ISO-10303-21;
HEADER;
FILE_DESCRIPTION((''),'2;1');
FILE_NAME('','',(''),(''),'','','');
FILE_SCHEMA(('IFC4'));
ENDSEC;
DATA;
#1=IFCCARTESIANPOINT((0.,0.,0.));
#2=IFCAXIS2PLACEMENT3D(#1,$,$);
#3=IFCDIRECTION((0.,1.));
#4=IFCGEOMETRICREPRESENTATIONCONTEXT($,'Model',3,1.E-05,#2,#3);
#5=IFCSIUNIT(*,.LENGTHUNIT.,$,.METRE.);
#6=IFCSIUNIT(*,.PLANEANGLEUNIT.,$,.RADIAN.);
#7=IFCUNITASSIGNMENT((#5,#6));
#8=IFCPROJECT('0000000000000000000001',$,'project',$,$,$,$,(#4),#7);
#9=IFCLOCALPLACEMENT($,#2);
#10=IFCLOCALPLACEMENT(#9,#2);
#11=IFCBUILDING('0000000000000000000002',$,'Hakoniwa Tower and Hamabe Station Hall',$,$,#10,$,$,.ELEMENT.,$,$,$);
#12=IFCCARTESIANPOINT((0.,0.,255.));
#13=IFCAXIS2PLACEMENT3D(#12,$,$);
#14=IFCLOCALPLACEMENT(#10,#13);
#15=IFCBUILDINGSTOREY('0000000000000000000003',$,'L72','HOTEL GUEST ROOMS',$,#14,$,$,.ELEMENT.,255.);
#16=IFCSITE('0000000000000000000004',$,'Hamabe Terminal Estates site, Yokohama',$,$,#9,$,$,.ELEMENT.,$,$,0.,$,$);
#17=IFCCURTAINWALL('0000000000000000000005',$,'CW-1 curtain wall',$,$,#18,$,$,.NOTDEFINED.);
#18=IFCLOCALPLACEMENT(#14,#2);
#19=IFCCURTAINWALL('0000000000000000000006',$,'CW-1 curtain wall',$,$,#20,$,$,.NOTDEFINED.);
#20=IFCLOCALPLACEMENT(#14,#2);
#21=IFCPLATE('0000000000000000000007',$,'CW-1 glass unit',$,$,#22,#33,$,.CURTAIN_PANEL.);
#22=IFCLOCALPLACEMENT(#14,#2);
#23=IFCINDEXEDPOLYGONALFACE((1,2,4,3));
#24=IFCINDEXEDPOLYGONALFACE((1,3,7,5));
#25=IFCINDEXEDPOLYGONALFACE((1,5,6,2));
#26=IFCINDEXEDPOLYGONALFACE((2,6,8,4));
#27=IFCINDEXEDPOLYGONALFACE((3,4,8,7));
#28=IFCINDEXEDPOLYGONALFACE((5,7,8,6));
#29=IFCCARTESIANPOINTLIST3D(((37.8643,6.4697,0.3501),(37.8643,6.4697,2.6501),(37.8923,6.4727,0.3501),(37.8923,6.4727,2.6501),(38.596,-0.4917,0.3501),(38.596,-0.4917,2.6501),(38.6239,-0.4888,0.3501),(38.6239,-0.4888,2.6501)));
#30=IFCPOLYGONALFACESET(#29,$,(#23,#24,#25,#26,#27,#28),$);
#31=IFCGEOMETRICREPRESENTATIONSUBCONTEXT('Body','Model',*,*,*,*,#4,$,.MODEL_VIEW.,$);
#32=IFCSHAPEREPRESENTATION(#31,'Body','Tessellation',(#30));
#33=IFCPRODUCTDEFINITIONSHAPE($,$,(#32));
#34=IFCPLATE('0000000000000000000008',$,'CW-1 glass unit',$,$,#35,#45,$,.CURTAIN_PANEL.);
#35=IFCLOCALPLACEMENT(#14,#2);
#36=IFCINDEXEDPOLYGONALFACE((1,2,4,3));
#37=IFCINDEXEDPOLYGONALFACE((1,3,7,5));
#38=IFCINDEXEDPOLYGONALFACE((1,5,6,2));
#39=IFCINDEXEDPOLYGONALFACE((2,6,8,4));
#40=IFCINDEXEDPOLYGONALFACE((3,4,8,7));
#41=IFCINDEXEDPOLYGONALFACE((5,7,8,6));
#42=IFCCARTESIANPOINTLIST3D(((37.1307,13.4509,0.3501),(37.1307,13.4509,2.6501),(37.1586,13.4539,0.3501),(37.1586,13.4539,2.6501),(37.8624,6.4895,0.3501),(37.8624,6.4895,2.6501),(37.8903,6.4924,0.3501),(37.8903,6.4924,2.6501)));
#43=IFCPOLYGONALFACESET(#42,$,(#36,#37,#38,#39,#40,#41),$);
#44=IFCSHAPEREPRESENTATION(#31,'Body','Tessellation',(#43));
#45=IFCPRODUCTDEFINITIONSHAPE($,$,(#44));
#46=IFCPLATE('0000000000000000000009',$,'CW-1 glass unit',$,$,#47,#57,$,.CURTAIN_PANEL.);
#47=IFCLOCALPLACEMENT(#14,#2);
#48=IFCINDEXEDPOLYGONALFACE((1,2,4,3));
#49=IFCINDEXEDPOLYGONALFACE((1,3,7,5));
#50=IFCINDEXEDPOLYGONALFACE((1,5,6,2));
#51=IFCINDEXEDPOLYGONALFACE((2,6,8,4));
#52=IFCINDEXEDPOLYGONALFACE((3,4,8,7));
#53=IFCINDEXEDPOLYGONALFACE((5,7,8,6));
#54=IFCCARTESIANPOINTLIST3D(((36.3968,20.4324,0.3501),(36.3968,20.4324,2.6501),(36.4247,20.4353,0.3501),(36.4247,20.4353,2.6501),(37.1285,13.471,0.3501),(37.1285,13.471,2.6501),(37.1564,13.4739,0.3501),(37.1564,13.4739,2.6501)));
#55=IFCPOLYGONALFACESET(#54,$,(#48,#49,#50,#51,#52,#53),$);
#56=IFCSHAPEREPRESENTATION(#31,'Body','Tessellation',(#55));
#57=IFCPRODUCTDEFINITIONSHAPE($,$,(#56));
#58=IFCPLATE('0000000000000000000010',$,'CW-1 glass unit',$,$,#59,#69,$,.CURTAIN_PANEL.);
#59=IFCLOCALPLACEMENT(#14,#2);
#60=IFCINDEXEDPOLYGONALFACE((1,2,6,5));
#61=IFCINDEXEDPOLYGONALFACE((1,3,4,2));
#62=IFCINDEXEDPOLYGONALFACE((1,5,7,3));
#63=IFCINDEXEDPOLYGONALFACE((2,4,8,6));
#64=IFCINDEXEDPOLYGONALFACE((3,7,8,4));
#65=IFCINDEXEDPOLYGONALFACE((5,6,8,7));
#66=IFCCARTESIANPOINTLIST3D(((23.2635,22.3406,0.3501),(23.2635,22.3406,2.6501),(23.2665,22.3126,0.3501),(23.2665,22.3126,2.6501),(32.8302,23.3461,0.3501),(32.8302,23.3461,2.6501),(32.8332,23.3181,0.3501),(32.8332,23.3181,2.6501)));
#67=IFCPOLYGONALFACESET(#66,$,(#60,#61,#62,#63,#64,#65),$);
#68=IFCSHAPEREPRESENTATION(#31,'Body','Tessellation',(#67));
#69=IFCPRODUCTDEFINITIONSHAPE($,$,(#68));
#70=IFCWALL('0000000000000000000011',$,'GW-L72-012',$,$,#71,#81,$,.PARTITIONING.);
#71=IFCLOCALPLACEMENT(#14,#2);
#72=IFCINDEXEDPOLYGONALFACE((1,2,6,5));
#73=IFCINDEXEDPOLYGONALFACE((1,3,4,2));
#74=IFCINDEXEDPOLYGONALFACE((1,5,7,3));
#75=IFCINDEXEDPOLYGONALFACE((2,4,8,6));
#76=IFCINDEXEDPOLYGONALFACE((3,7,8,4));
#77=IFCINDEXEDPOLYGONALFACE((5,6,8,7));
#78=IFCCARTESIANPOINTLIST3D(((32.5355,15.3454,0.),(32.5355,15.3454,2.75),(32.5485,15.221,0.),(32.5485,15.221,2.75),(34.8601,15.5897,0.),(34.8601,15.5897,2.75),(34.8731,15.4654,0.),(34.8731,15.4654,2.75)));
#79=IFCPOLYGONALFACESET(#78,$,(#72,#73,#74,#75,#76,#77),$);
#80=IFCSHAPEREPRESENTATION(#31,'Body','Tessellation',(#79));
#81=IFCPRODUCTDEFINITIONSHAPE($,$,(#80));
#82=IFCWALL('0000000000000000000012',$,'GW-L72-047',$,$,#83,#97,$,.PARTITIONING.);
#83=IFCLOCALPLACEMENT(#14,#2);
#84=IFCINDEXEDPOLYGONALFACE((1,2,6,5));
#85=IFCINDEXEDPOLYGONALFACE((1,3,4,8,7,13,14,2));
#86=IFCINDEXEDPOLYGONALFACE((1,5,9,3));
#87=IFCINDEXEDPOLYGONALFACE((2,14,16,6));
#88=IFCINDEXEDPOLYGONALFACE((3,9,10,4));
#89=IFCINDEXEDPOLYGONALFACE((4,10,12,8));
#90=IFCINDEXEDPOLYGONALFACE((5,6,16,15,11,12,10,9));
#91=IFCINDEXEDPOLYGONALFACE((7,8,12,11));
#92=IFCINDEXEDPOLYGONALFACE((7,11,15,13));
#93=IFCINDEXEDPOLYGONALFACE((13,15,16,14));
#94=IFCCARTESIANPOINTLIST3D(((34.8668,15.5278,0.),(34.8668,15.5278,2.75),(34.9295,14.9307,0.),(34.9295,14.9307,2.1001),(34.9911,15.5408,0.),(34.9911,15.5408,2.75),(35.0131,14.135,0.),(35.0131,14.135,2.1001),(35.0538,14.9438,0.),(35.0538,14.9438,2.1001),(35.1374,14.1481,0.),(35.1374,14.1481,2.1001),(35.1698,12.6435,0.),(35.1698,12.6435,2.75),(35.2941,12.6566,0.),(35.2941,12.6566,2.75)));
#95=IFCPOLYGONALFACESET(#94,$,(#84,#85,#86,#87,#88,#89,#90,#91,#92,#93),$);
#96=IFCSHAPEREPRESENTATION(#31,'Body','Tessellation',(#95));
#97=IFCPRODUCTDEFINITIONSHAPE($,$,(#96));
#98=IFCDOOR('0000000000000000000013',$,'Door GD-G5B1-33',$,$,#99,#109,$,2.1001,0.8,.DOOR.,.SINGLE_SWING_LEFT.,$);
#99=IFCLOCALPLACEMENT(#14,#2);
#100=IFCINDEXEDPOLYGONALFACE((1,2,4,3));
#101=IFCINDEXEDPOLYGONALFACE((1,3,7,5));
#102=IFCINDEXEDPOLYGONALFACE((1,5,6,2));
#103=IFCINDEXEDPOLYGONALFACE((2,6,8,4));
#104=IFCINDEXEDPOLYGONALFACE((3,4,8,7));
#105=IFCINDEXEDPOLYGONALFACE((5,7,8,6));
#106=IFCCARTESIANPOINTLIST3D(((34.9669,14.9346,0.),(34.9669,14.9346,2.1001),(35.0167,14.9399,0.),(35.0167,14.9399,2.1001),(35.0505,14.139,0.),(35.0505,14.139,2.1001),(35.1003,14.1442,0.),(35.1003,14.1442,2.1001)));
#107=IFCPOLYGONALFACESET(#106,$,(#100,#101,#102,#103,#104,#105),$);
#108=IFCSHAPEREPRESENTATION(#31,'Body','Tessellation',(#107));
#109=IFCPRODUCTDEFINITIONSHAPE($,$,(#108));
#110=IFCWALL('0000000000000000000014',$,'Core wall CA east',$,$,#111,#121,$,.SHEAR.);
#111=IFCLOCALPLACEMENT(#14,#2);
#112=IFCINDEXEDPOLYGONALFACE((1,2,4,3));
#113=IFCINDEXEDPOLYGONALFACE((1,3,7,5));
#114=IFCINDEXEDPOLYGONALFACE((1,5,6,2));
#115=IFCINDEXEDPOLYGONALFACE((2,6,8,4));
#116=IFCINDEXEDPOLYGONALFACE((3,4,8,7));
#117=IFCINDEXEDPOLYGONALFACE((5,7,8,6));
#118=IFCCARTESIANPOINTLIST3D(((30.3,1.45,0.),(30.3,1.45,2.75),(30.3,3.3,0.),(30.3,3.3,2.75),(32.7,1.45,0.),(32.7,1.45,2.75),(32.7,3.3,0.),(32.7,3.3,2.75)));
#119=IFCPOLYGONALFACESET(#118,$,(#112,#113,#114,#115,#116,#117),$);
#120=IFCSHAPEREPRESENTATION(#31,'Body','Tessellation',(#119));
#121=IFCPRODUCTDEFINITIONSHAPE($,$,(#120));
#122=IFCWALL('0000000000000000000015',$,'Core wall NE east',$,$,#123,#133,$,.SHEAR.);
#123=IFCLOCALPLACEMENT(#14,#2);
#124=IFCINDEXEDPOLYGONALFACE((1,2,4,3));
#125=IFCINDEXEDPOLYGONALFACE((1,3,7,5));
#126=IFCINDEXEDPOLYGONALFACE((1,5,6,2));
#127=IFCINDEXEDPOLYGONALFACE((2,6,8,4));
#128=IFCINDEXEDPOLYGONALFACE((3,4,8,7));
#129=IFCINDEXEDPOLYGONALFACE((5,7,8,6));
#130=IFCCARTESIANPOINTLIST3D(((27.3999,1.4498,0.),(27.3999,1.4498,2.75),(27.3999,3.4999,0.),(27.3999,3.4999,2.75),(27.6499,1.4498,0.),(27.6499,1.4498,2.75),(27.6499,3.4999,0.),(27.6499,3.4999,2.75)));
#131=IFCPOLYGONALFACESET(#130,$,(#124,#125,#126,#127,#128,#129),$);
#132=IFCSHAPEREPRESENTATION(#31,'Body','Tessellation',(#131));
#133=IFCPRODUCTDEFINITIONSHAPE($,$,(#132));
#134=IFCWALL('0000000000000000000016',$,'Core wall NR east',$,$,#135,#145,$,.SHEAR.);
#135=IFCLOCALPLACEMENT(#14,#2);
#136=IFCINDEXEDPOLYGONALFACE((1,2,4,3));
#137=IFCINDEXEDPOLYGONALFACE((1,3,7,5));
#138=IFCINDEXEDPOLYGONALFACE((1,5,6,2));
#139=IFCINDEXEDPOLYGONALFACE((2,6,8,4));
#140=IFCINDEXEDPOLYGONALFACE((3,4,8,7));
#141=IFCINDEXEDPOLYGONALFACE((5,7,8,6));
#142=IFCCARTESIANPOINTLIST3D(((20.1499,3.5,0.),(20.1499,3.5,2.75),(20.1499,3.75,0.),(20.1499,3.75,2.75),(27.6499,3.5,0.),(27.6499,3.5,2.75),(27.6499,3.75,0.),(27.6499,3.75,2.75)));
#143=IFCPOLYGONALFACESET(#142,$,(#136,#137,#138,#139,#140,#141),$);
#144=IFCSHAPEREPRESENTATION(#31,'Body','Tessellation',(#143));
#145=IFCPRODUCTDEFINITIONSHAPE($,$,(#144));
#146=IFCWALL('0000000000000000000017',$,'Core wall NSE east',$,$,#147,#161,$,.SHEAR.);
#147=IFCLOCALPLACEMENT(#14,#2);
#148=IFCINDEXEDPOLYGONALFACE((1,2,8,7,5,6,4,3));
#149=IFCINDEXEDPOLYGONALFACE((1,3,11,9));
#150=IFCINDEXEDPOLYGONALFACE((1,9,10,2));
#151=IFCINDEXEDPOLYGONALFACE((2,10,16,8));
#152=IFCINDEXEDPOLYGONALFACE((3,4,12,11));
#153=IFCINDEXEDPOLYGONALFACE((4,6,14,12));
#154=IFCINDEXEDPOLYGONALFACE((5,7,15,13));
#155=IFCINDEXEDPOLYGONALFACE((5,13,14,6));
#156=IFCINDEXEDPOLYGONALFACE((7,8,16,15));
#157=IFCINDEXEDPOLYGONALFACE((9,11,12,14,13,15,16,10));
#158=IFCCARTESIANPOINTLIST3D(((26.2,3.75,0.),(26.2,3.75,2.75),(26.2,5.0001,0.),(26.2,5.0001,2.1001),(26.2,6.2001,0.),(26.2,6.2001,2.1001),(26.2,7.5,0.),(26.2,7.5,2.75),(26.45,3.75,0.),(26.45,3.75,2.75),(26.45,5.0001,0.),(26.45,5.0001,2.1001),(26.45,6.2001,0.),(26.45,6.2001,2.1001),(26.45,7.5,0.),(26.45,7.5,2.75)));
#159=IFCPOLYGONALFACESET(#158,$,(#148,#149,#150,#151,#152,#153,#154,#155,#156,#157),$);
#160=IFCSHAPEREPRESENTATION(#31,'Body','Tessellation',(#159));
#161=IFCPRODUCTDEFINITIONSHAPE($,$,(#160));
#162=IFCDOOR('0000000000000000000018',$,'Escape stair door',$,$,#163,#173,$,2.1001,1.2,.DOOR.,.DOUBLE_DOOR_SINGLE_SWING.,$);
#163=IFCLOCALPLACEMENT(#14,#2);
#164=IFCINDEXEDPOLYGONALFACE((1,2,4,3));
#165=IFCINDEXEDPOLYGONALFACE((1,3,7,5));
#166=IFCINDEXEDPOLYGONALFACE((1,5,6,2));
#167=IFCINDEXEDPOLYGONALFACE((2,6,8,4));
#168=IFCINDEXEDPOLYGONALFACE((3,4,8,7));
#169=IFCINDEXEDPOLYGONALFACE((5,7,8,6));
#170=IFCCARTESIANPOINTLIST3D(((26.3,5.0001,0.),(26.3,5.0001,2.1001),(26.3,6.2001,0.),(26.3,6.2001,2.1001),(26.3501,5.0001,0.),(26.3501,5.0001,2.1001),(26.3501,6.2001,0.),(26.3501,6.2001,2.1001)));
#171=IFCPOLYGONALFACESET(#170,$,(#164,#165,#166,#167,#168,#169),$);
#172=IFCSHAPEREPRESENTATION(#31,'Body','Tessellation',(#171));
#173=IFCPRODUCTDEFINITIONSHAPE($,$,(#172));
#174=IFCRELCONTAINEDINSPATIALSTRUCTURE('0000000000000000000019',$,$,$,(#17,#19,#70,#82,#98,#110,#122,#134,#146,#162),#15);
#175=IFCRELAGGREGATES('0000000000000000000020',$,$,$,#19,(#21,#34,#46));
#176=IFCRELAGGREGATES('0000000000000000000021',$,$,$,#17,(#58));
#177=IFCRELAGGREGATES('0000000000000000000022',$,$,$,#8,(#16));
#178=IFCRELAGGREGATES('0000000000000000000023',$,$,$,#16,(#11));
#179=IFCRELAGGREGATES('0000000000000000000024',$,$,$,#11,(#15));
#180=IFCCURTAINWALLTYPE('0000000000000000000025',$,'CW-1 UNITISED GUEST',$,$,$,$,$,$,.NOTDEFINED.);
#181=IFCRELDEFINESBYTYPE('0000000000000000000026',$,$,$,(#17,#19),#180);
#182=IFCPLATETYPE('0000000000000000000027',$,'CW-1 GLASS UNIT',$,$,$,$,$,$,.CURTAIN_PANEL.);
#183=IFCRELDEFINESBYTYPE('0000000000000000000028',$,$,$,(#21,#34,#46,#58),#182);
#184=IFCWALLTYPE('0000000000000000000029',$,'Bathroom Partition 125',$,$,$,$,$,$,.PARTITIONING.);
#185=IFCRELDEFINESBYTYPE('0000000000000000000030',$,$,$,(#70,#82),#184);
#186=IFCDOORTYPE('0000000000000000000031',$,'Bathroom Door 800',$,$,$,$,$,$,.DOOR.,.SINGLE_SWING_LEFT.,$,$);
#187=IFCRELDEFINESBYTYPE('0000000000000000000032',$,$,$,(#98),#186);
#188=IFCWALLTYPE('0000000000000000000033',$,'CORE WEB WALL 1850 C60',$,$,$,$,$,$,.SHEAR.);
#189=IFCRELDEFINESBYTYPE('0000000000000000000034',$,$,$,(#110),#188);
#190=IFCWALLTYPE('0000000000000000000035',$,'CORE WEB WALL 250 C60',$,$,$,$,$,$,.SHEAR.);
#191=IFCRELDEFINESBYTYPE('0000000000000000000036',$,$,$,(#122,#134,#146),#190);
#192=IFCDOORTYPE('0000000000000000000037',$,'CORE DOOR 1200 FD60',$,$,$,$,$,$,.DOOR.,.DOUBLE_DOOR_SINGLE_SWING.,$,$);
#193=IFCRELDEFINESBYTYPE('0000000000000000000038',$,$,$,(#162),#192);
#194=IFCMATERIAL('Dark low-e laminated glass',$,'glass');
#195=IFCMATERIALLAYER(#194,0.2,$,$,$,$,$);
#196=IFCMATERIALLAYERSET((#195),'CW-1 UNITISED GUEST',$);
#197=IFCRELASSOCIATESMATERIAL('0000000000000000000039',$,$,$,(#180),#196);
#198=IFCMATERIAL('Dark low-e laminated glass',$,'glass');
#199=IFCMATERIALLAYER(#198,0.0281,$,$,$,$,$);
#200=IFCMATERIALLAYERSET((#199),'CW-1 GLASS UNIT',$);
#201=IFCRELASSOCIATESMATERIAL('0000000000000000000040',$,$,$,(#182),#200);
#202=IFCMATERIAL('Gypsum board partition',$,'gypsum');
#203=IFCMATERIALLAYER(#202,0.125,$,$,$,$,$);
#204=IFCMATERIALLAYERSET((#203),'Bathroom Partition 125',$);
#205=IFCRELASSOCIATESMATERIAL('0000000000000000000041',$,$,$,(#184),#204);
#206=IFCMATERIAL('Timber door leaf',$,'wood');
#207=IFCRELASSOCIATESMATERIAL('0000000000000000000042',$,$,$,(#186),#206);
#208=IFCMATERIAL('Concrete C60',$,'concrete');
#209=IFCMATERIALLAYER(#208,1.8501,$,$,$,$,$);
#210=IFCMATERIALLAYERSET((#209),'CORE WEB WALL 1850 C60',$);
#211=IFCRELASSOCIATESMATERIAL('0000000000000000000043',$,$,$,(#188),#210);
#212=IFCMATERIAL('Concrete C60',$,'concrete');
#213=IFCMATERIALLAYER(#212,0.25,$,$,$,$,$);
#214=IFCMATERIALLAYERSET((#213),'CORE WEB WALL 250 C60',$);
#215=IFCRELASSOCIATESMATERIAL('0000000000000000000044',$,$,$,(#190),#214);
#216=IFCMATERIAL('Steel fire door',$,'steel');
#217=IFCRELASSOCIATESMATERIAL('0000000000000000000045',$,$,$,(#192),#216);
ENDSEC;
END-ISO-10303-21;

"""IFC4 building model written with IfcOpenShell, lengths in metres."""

from ifc_helpers import new_model, si_unit, direction, frame, frame_2d, origin, origin_2d, place, context, subcontext, project, spatial, rectangle, extrude, material, layer, layer_set, type_object, element, fill, aggregate, save


model = new_model("IFC4")

# Units and contexts
model_context = context("Model", 3, precision=1e-05, world=origin(), true_north=direction((0.0, 1.0)))
body_context = subcontext(model_context, "Body", "Model", "MODEL_VIEW")
ifc_project = project(units=[si_unit("LENGTHUNIT", "METRE"), si_unit("PLANEANGLEUNIT", "RADIAN")], contexts=[model_context])

# Site, building, storey
site_placement = place(None, origin())
site = spatial("IfcSite", under=ifc_project, at=site_placement, Name="Hamabe Terminal Estates site, Yokohama", CompositionType="ELEMENT", RefElevation=0.0)
building_placement = place(site_placement, origin())
building = spatial("IfcBuilding", under=site, at=building_placement, Name="Hakoniwa Tower and Hamabe Station Hall", CompositionType="ELEMENT")
storey_placement = place(building_placement, frame((0.0, 0.0, 255.0)))
storey = spatial("IfcBuildingStorey", under=building, at=storey_placement, Name="L72", Description="HOTEL GUEST ROOMS", CompositionType="ELEMENT", Elevation=255.0)

# Curtain wall
ifc_material_1 = material(Name="Dark low-e laminated glass", Category="glass")
ifc_layer_1 = layer(ifc_material_1, 0.2)
ifc_layer_set_1 = layer_set([ifc_layer_1], Name="CW-1 UNITISED GUEST")
curtain_wall_type = type_object("IfcCurtainWallType", Name="CW-1 UNITISED GUEST", PredefinedType="NOTDEFINED", material=ifc_layer_set_1)
curtain_wall_1_placement = place(storey_placement, origin())
curtain_wall_1 = element("IfcCurtainWall", 1, at=curtain_wall_1_placement, inside=storey, type_object=curtain_wall_type, Name="CW-1 curtain wall", PredefinedType="NOTDEFINED")

# Curtain wall
curtain_wall_2_placement = place(storey_placement, origin())
curtain_wall_2 = element("IfcCurtainWall", 2, at=curtain_wall_2_placement, inside=storey, type_object=curtain_wall_type, Name="CW-1 curtain wall", PredefinedType="NOTDEFINED")

# Plates
ifc_material_2 = material(Name="Dark low-e laminated glass", Category="glass")
ifc_layer_2 = layer(ifc_material_2, 0.0281)
ifc_layer_set_2 = layer_set([ifc_layer_2], Name="CW-1 GLASS UNIT")
plate_type = type_object("IfcPlateType", Name="CW-1 GLASS UNIT", PredefinedType="CURTAIN_PANEL", material=ifc_layer_set_2)
plate_1_placement = place(storey_placement, frame((38.2441, 2.9905, 0.3501), z_axis=(0.0, 0.0, 1.0), x_axis=(-0.104528, 0.994522, 0.0)))
plate_1 = element("IfcPlate", 3, at=plate_1_placement, type_object=plate_type, Name="CW-1 glass unit", PredefinedType="CURTAIN_PANEL", context=body_context, shape_type="SweptSolid", body=[
    extrude(rectangle(XDim=6.9998, YDim=0.0281, at=origin_2d()), origin(), (0.0, 0.0, 1.0), 2.3),
])
plate_2_placement = place(storey_placement, frame((37.5105, 9.9717, 0.3501), z_axis=(0.0, 0.0, 1.0), x_axis=(-0.104528, 0.994522, 0.0)))
plate_2 = element("IfcPlate", 4, at=plate_2_placement, type_object=plate_type, Name="CW-1 glass unit", PredefinedType="CURTAIN_PANEL", context=body_context, shape_type="SweptSolid", body=[
    extrude(rectangle(XDim=6.9998, YDim=0.0281, at=origin_2d()), origin(), (0.0, 0.0, 1.0), 2.3),
])
plate_3_placement = place(storey_placement, frame((36.7766, 16.9531, 0.3501), z_axis=(0.0, 0.0, 1.0), x_axis=(-0.104528, 0.994522, 0.0)))
plate_3 = element("IfcPlate", 5, at=plate_3_placement, type_object=plate_type, Name="CW-1 glass unit", PredefinedType="CURTAIN_PANEL", context=body_context, shape_type="SweptSolid", body=[
    extrude(rectangle(XDim=6.9998, YDim=0.0281, at=origin_2d()), origin(), (0.0, 0.0, 1.0), 2.3),
])
aggregate(curtain_wall_2, [plate_1, plate_2, plate_3])
plate_4_placement = place(storey_placement, frame((28.0483, 22.8293, 0.3501), z_axis=(0.0, 0.0, 1.0), x_axis=(-0.994522, -0.104528, 0.0)))
plate_4 = element("IfcPlate", 6, at=plate_4_placement, type_object=plate_type, Name="CW-1 glass unit", PredefinedType="CURTAIN_PANEL", context=body_context, shape_type="SweptSolid", body=[
    extrude(rectangle(XDim=9.6194, YDim=0.0281, at=origin_2d()), origin(), (0.0, 0.0, 1.0), 2.3),
])
aggregate(curtain_wall_1, [plate_4])

# Wall
ifc_material_3 = material(Name="Gypsum board partition", Category="gypsum")
ifc_layer_3 = layer(ifc_material_3, 0.125)
ifc_layer_set_3 = layer_set([ifc_layer_3], Name="Bathroom Partition 125")
wall_type_1 = type_object("IfcWallType", Name="Bathroom Partition 125", PredefinedType="PARTITIONING", material=ifc_layer_set_3)
wall_1_placement = place(storey_placement, frame((32.542, 15.2832, 0.0), z_axis=(0.0, 0.0, 1.0), x_axis=(0.99452, 0.104549, 0.0)))
element("IfcWall", 7, at=wall_1_placement, inside=storey, type_object=wall_type_1, Name="GW-L72-012", PredefinedType="PARTITIONING", context=body_context, shape_type="SweptSolid", body=[
    extrude(rectangle(XDim=2.3374, YDim=0.125, at=frame_2d((1.1687, 0.0))), origin(), (0.0, 0.0, 1.0), 2.75),
])

# Wall, opening, door
wall_2_placement = place(storey_placement, frame((35.2319, 12.6499, 0.0), z_axis=(0.0, 0.0, 1.0), x_axis=(-0.10447, 0.994528, 0.0)))
wall_2 = element("IfcWall", 8, at=wall_2_placement, inside=storey, type_object=wall_type_1, Name="GW-L72-047", PredefinedType="PARTITIONING", context=body_context, shape_type="SweptSolid", body=[
    extrude(rectangle(XDim=2.9001, YDim=0.125, at=frame_2d((1.4502, 0.0))), origin(), (0.0, 0.0, 1.0), 2.75),
])
opening_1_placement = place(wall_2_placement, frame((1.5, 0.0, 0.0)))
opening_1 = element("IfcOpeningElement", 9, at=opening_1_placement, cuts=wall_2, PredefinedType="OPENING", context=body_context, shape_type="SweptSolid", body=[
    extrude(rectangle(XDim=0.8, YDim=2.1001, at=frame_2d((0.3999, 1.05))), frame((0.0, 0.0725, 0.0), z_axis=(0.0, -1.0, 0.0), x_axis=(1.0, 0.0, 0.0)), (0.0, 0.0, 1.0), 0.145),
])
ifc_material_4 = material(Name="Timber door leaf", Category="wood")
door_type_1 = type_object("IfcDoorType", Name="Bathroom Door 800", OperationType="SINGLE_SWING_LEFT", PredefinedType="DOOR", material=ifc_material_4)
door_1_placement = place(opening_1_placement, origin())
door_1 = element("IfcDoor", 10, at=door_1_placement, inside=storey, type_object=door_type_1, Name="Door GD-G5B1-33", OperationType="SINGLE_SWING_LEFT", OverallHeight=2.1001, OverallWidth=0.8, PredefinedType="DOOR", context=body_context, shape_type="SweptSolid", body=[
    extrude(rectangle(XDim=0.8, YDim=2.1001, at=frame_2d((0.3999, 1.05))), frame((0.0, 0.0249, 0.0), z_axis=(0.0, -1.0, 0.0), x_axis=(1.0, 0.0, 0.0)), (0.0, 0.0, 1.0), 0.05),
])
fill(opening_1, door_1)

# Walls
ifc_material_5 = material(Name="Concrete C60", Category="concrete")
ifc_layer_4 = layer(ifc_material_5, 1.8501)
ifc_layer_set_4 = layer_set([ifc_layer_4], Name="CORE WEB WALL 1850 C60")
wall_type_2 = type_object("IfcWallType", Name="CORE WEB WALL 1850 C60", PredefinedType="SHEAR", material=ifc_layer_set_4)
wall_3_placement = place(storey_placement, frame((30.3, 2.375, 0.0), z_axis=(0.0, 0.0, 1.0), x_axis=(1.0, 0.0, 0.0)))
element("IfcWall", 11, at=wall_3_placement, inside=storey, type_object=wall_type_2, Name="Core wall CA east", PredefinedType="SHEAR", context=body_context, shape_type="SweptSolid", body=[
    extrude(rectangle(XDim=2.3999, YDim=1.8501, at=frame_2d((1.2, 0.0))), origin(), (0.0, 0.0, 1.0), 2.75),
])
ifc_material_6 = material(Name="Concrete C60", Category="concrete")
ifc_layer_5 = layer(ifc_material_6, 0.25)
ifc_layer_set_5 = layer_set([ifc_layer_5], Name="CORE WEB WALL 250 C60")
wall_type_3 = type_object("IfcWallType", Name="CORE WEB WALL 250 C60", PredefinedType="SHEAR", material=ifc_layer_set_5)
wall_4_placement = place(storey_placement, frame((27.5249, 1.45, 0.0), z_axis=(0.0, 0.0, 1.0), x_axis=(0.0, 1.0, 0.0)))
element("IfcWall", 12, at=wall_4_placement, inside=storey, type_object=wall_type_3, Name="Core wall NE east", PredefinedType="SHEAR", context=body_context, shape_type="SweptSolid", body=[
    extrude(rectangle(XDim=2.05, YDim=0.25, at=frame_2d((1.0249, 0.0))), origin(), (0.0, 0.0, 1.0), 2.75),
])
wall_5_placement = place(storey_placement, frame((20.1499, 3.625, 0.0), z_axis=(0.0, 0.0, 1.0), x_axis=(1.0, 0.0, 0.0)))
element("IfcWall", 13, at=wall_5_placement, inside=storey, type_object=wall_type_3, Name="Core wall NR east", PredefinedType="SHEAR", context=body_context, shape_type="SweptSolid", body=[
    extrude(rectangle(XDim=7.5, YDim=0.25, at=frame_2d((3.75, 0.0))), origin(), (0.0, 0.0, 1.0), 2.75),
])

# Wall, opening, door
wall_6_placement = place(storey_placement, frame((26.325, 3.75, 0.0), z_axis=(0.0, 0.0, 1.0), x_axis=(0.0, 1.0, 0.0)))
wall_6 = element("IfcWall", 14, at=wall_6_placement, inside=storey, type_object=wall_type_3, Name="Core wall NSE east", PredefinedType="SHEAR", context=body_context, shape_type="SweptSolid", body=[
    extrude(rectangle(XDim=3.75, YDim=0.25, at=frame_2d((1.875, 0.0))), origin(), (0.0, 0.0, 1.0), 2.75),
])
opening_2_placement = place(wall_6_placement, frame((1.25, 0.0, 0.0)))
opening_2 = element("IfcOpeningElement", 15, at=opening_2_placement, cuts=wall_6, PredefinedType="OPENING", context=body_context, shape_type="SweptSolid", body=[
    extrude(rectangle(XDim=1.2, YDim=2.1001, at=frame_2d((0.6001, 1.05))), frame((0.0, 0.135, 0.0), z_axis=(0.0, -1.0, 0.0), x_axis=(1.0, 0.0, 0.0)), (0.0, 0.0, 1.0), 0.27),
])
ifc_material_7 = material(Name="Steel fire door", Category="steel")
door_type_2 = type_object("IfcDoorType", Name="CORE DOOR 1200 FD60", OperationType="DOUBLE_DOOR_SINGLE_SWING", PredefinedType="DOOR", material=ifc_material_7)
door_2_placement = place(opening_2_placement, origin())
door_2 = element("IfcDoor", 16, at=door_2_placement, inside=storey, type_object=door_type_2, Name="Escape stair door", OperationType="DOUBLE_DOOR_SINGLE_SWING", OverallHeight=2.1001, OverallWidth=1.2, PredefinedType="DOOR", context=body_context, shape_type="SweptSolid", body=[
    extrude(rectangle(XDim=1.2, YDim=2.1001, at=frame_2d((0.6001, 1.05))), frame((0.0, 0.0249, 0.0), z_axis=(0.0, -1.0, 0.0), x_axis=(1.0, 0.0, 0.0)), (0.0, 0.0, 1.0), 0.05),
])
fill(opening_2, door_2)

save(model, "model.ifc")
